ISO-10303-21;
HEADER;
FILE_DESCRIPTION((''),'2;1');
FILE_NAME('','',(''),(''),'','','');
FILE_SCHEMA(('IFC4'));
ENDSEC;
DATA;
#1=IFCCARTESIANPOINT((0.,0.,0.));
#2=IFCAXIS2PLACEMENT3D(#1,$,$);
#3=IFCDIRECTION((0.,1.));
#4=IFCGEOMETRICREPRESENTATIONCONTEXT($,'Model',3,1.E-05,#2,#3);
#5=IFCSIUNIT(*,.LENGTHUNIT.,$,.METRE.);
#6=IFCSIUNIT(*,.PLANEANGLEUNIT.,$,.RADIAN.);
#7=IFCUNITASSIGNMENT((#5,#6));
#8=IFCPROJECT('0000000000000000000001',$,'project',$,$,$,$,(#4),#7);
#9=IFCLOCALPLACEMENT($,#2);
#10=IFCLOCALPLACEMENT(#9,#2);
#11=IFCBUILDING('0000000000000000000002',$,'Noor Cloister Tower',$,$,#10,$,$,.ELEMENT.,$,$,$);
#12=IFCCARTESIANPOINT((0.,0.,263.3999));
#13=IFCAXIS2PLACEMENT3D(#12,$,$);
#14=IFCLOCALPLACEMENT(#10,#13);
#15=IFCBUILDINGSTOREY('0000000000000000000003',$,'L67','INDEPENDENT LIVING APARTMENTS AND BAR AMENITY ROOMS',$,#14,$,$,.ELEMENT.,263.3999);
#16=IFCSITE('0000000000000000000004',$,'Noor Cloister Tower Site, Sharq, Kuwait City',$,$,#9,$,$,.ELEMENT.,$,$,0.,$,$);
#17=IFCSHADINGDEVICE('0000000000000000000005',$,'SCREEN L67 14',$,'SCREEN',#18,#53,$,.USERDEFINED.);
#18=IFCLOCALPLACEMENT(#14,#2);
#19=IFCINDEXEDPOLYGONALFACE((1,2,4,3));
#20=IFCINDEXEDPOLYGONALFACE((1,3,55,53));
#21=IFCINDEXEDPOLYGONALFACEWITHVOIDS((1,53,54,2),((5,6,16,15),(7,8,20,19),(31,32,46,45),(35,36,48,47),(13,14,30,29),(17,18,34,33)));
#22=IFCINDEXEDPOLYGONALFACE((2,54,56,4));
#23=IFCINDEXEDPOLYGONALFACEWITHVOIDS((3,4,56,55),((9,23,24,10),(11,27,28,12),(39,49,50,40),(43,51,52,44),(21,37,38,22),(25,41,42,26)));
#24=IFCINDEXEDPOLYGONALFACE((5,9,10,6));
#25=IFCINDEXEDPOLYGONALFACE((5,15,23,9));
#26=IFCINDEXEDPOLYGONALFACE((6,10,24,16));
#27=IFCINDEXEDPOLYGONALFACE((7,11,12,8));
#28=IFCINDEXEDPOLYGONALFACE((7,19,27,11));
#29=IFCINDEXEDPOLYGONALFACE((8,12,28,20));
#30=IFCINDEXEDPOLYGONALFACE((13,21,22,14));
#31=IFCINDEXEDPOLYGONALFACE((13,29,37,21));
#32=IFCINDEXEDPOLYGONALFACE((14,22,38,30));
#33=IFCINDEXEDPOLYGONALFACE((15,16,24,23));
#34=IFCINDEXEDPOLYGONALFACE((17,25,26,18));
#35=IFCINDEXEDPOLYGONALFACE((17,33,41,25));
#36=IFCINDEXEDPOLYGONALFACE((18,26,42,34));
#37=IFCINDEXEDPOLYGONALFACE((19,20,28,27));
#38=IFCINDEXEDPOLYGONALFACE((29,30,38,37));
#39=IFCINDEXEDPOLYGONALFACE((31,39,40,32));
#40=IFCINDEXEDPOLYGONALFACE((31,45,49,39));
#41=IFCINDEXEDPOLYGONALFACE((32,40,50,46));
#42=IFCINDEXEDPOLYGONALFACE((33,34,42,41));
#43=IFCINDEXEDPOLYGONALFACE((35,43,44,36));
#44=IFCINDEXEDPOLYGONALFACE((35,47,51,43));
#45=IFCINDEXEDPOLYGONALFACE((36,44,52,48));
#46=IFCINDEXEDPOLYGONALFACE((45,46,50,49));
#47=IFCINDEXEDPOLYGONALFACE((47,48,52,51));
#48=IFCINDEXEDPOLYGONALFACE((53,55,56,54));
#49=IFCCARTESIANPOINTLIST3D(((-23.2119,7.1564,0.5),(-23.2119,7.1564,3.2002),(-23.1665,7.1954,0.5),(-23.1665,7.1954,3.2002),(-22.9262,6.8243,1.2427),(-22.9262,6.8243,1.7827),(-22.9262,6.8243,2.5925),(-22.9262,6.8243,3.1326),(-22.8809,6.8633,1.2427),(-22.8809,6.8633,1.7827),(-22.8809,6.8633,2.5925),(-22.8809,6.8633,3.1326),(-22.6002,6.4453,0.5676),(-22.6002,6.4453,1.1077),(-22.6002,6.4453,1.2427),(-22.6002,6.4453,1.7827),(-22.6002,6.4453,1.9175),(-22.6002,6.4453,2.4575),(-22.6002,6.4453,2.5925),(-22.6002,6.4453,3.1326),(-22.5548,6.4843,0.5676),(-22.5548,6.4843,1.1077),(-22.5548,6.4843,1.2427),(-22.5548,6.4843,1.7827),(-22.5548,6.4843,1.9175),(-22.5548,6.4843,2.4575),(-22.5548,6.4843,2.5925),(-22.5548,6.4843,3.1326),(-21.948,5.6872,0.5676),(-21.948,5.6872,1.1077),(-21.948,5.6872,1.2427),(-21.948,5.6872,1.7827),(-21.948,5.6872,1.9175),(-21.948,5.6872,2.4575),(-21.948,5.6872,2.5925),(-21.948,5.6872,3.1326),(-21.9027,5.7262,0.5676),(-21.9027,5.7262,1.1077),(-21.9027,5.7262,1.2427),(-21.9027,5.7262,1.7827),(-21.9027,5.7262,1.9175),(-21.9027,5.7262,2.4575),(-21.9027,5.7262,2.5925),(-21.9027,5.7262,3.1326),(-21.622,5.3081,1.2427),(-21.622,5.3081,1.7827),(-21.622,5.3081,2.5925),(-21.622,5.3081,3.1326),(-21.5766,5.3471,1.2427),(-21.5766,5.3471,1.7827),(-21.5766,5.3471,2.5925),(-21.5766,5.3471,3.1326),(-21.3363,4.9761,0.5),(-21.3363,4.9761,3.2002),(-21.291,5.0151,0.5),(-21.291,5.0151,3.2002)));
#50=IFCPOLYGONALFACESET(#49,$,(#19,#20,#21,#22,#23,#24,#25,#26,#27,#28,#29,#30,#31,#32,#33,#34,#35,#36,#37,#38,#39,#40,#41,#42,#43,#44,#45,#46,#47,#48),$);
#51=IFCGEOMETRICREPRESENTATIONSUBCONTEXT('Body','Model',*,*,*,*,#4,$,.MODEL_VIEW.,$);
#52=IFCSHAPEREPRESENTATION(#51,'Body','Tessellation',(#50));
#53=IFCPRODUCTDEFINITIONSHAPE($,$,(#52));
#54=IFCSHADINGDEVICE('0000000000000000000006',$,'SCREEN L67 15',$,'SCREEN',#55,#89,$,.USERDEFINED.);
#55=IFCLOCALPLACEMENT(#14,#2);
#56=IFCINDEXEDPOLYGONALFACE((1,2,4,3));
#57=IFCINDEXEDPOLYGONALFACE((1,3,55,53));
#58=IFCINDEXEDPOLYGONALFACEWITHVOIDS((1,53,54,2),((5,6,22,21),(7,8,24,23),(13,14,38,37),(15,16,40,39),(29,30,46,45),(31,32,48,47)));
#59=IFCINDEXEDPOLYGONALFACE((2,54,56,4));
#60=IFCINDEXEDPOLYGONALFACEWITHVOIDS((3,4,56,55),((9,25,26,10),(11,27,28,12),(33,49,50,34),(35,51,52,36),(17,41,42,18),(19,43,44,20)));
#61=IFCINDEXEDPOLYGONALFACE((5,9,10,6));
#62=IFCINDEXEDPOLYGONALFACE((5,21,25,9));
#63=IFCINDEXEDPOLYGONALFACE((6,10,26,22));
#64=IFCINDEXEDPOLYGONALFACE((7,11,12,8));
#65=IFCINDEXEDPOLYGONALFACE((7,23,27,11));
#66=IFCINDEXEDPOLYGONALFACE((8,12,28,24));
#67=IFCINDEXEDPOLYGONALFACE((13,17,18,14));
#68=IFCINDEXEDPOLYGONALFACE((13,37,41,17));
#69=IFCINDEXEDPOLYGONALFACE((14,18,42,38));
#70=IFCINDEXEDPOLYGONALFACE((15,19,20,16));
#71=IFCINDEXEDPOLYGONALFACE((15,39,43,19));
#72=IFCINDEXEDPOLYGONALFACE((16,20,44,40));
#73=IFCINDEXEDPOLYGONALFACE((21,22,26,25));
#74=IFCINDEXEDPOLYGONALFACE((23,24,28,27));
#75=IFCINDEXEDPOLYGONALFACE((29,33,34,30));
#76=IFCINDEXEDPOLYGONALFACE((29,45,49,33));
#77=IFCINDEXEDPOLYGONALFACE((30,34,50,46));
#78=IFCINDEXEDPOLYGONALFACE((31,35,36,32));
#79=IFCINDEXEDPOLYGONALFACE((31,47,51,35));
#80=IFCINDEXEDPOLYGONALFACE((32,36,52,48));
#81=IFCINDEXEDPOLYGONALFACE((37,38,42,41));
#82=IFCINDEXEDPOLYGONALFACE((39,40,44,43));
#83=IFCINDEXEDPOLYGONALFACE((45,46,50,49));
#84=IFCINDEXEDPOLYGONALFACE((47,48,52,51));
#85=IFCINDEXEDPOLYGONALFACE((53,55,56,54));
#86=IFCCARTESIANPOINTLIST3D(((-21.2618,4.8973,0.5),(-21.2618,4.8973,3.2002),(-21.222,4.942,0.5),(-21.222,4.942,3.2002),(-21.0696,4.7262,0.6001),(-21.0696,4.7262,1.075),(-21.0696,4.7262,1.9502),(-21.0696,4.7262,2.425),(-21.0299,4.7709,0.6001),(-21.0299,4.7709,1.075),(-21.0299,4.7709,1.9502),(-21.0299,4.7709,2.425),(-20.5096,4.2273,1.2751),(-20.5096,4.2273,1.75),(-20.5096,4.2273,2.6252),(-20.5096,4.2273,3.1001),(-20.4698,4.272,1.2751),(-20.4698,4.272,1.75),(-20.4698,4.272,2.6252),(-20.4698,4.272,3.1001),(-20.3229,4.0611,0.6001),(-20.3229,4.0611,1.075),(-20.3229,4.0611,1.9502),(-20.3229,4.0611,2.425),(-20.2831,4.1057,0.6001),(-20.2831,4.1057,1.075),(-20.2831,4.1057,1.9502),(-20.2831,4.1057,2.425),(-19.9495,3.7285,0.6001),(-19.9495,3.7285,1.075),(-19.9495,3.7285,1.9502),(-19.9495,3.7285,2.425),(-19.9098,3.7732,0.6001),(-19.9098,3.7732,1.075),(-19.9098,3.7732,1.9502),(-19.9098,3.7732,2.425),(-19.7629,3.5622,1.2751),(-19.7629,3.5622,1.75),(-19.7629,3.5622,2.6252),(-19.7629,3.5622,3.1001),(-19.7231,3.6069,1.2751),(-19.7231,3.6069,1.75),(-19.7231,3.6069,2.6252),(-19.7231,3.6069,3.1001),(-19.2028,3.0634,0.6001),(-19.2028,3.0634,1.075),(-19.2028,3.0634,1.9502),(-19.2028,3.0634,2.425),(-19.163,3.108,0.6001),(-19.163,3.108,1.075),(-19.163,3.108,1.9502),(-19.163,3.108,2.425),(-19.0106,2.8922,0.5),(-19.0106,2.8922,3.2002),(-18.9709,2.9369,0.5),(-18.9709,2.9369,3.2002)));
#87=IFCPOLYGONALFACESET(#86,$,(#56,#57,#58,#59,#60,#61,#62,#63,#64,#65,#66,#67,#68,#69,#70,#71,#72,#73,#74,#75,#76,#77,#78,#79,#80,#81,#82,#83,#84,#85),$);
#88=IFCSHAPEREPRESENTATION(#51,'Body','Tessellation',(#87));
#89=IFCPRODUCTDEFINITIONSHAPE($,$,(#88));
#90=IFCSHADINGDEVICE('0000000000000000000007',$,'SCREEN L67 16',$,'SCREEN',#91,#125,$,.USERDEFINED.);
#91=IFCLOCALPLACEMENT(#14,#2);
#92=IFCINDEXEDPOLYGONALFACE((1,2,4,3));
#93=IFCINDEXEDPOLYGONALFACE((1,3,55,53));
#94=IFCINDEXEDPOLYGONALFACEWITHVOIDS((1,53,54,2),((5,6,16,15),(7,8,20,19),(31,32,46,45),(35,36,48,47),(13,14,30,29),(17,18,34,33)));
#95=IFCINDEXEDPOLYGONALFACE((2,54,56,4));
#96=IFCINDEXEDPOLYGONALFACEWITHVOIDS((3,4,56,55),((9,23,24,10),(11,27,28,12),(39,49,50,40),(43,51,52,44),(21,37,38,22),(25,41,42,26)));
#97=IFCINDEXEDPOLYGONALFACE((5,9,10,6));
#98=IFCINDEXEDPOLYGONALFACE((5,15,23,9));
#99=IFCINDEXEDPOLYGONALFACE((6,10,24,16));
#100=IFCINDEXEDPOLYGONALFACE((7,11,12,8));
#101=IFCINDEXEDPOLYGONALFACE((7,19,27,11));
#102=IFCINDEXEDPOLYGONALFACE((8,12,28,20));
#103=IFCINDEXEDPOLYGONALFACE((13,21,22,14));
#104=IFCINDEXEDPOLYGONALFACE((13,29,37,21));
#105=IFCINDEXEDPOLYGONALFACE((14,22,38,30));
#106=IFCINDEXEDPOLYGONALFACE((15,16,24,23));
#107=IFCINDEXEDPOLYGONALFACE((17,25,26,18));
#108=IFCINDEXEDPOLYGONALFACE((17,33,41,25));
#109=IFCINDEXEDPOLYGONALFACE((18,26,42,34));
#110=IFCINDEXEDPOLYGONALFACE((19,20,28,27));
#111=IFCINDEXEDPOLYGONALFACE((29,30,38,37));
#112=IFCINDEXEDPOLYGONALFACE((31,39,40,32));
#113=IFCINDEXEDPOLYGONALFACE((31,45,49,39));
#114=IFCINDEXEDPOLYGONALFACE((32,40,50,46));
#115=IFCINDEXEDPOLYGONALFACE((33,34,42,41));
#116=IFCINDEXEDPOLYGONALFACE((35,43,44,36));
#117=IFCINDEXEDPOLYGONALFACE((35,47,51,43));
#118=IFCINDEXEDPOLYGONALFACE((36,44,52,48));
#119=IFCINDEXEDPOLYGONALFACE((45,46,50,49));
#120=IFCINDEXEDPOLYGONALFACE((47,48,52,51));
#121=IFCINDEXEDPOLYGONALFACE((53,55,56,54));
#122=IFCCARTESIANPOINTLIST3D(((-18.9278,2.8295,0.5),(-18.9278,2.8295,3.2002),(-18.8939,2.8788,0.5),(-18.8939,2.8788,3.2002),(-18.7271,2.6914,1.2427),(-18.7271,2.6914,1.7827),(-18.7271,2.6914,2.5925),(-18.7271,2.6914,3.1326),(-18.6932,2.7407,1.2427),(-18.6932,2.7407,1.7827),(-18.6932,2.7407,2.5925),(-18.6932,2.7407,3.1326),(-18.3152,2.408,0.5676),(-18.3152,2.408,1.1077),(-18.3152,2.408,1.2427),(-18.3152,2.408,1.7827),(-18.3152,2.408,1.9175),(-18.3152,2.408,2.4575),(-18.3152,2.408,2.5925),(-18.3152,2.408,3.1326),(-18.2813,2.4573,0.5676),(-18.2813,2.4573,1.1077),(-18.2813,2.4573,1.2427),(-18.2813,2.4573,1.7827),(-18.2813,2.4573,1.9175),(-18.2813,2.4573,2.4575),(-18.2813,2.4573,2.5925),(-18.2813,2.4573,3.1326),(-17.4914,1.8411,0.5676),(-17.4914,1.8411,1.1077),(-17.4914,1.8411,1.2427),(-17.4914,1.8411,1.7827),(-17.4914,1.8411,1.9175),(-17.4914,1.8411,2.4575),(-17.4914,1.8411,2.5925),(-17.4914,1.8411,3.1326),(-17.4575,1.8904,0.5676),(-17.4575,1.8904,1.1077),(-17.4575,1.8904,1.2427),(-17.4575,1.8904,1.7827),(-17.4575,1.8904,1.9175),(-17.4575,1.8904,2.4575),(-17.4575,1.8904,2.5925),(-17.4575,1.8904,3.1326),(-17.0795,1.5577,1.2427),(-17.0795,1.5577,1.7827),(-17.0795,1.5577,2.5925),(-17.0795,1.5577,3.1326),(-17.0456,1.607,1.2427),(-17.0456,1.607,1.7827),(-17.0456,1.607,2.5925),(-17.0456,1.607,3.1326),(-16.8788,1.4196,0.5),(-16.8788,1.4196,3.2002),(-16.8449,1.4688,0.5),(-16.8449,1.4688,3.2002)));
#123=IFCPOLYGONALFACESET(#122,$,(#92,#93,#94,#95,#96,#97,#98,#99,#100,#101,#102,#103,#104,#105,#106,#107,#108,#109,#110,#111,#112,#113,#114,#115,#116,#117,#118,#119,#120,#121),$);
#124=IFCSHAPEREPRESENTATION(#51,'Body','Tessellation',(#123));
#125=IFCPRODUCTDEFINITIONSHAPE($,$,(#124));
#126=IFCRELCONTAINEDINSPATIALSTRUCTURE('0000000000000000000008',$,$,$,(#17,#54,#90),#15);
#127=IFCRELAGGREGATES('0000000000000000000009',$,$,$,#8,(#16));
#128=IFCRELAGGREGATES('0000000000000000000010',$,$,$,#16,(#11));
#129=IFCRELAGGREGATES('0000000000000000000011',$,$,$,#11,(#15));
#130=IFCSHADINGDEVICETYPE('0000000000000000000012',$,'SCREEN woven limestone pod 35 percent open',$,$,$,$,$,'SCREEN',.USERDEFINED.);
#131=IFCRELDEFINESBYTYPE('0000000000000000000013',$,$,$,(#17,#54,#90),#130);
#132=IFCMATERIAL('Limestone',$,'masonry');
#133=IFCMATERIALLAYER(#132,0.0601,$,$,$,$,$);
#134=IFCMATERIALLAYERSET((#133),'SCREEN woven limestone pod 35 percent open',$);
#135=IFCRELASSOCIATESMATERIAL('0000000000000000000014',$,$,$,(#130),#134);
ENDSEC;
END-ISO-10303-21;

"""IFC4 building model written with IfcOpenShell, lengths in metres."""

from ifc_helpers import new_model, si_unit, direction, frame, origin, place, context, subcontext, project, spatial, polyline, outline, extrude, material, layer, layer_set, type_object, element, save


model = new_model("IFC4")

# Units and contexts
model_context = context("Model", 3, precision=1e-05, world=origin(), true_north=direction((0.0, 1.0)))
body_context = subcontext(model_context, "Body", "Model", "MODEL_VIEW")
ifc_project = project(units=[si_unit("LENGTHUNIT", "METRE"), si_unit("PLANEANGLEUNIT", "RADIAN")], contexts=[model_context])

# Site, building, storey
site_placement = place(None, origin())
site = spatial("IfcSite", under=ifc_project, at=site_placement, Name="Noor Cloister Tower Site, Sharq, Kuwait City", CompositionType="ELEMENT", RefElevation=0.0)
building_placement = place(site_placement, origin())
building = spatial("IfcBuilding", under=site, at=building_placement, Name="Noor Cloister Tower", CompositionType="ELEMENT")
storey_placement = place(building_placement, frame((0.0, 0.0, 263.3999)))
storey = spatial("IfcBuildingStorey", under=building, at=storey_placement, Name="L67", Description="INDEPENDENT LIVING APARTMENTS AND BAR AMENITY ROOMS", CompositionType="ELEMENT", Elevation=263.3999)

# Shading devices
ifc_material_1 = material(Name="Limestone", Category="masonry")
ifc_layer_1 = layer(ifc_material_1, 0.0601)
ifc_layer_set_1 = layer_set([ifc_layer_1], Name="SCREEN woven limestone pod 35 percent open")
shading_device_type_1 = type_object("IfcShadingDeviceType", Name="SCREEN woven limestone pod 35 percent open", ElementType="SCREEN", PredefinedType="USERDEFINED", material=ifc_layer_set_1)
shading_device_1_placement = place(storey_placement, frame((-22.2288, 6.1052, 1.8501), z_axis=(-0.758105, -0.652133, 0.0), x_axis=(0.652133, -0.758105, 0.0)))
element("IfcShadingDevice", 1, at=shading_device_1_placement, inside=storey, type_object=shading_device_type_1, Name="SCREEN L67 14", ObjectType="SCREEN", PredefinedType="USERDEFINED", context=body_context, shape_type="SweptSolid", body=[
    extrude(outline(polyline([(-1.438, -1.3501), (1.438, -1.3501), (1.438, 1.3501), (-1.438, 1.3501), (-1.438, -1.3501)]), holes=[polyline([(-0.5, -1.2825), (0.5, -1.2825), (0.5, -0.7424), (-0.5, -0.7424), (-0.5, -1.2825)]), polyline([(-1.0, -0.6074), (-0.5, -0.6074), (-0.5, -0.0674), (-1.0, -0.0674), (-1.0, -0.6074)]), polyline([(0.5, -0.6074), (1.0, -0.6074), (1.0, -0.0674), (0.5, -0.0674), (0.5, -0.6074)]), polyline([(-0.5, 0.0674), (0.5, 0.0674), (0.5, 0.6074), (-0.5, 0.6074), (-0.5, 0.0674)]), polyline([(-1.0, 0.7424), (-0.5, 0.7424), (-0.5, 1.2825), (-1.0, 1.2825), (-1.0, 0.7424)]), polyline([(0.5, 0.7424), (1.0, 0.7424), (1.0, 1.2825), (0.5, 1.2825), (0.5, 0.7424)])]), origin(), (0.0, 0.0, 1.0), 0.0598),
])
shading_device_2_placement = place(storey_placement, frame((-20.0964, 3.9395, 1.8501), z_axis=(-0.665123, -0.746734, 0.0), x_axis=(0.746734, -0.665123, 0.0)))
element("IfcShadingDevice", 2, at=shading_device_2_placement, inside=storey, type_object=shading_device_type_1, Name="SCREEN L67 15", ObjectType="SCREEN", PredefinedType="USERDEFINED", context=body_context, shape_type="SweptSolid", body=[
    extrude(outline(polyline([(-1.5073, -1.3501), (1.5073, -1.3501), (1.5073, 1.3501), (-1.5073, 1.3501), (-1.5073, -1.3501)]), holes=[polyline([(-1.25, -1.25), (-0.25, -1.25), (-0.25, -0.7751), (-1.25, -0.7751), (-1.25, -1.25)]), polyline([(0.25, -1.25), (1.25, -1.25), (1.25, -0.7751), (0.25, -0.7751), (0.25, -1.25)]), polyline([(-0.5, -0.575), (0.5, -0.575), (0.5, -0.1001), (-0.5, -0.1001), (-0.5, -0.575)]), polyline([(-1.25, 0.1001), (-0.25, 0.1001), (-0.25, 0.575), (-1.25, 0.575), (-1.25, 0.1001)]), polyline([(0.25, 0.1001), (1.25, 0.1001), (1.25, 0.575), (0.25, 0.575), (0.25, 0.1001)]), polyline([(-0.5, 0.7751), (0.5, 0.7751), (0.5, 1.25), (-0.5, 1.25), (-0.5, 0.7751)])]), origin(), (0.0, 0.0, 1.0), 0.0598),
])
shading_device_3_placement = place(storey_placement, frame((-17.8694, 2.1738, 1.8501), z_axis=(-0.566875, -0.823804, 0.0), x_axis=(0.823804, -0.566875, 0.0)))
element("IfcShadingDevice", 3, at=shading_device_3_placement, inside=storey, type_object=shading_device_type_1, Name="SCREEN L67 16", ObjectType="SCREEN", PredefinedType="USERDEFINED", context=body_context, shape_type="SweptSolid", body=[
    extrude(outline(polyline([(-1.2437, -1.3501), (1.2437, -1.3501), (1.2437, 1.3501), (-1.2437, 1.3501), (-1.2437, -1.3501)]), holes=[polyline([(-0.5, -1.2825), (0.5, -1.2825), (0.5, -0.7424), (-0.5, -0.7424), (-0.5, -1.2825)]), polyline([(-1.0, -0.6074), (-0.5, -0.6074), (-0.5, -0.0674), (-1.0, -0.0674), (-1.0, -0.6074)]), polyline([(0.5, -0.6074), (1.0, -0.6074), (1.0, -0.0674), (0.5, -0.0674), (0.5, -0.6074)]), polyline([(-0.5, 0.0674), (0.5, 0.0674), (0.5, 0.6074), (-0.5, 0.6074), (-0.5, 0.0674)]), polyline([(-1.0, 0.7424), (-0.5, 0.7424), (-0.5, 1.2825), (-1.0, 1.2825), (-1.0, 0.7424)]), polyline([(0.5, 0.7424), (1.0, 0.7424), (1.0, 1.2825), (0.5, 1.2825), (0.5, 0.7424)])]), origin(), (0.0, 0.0, 1.0), 0.0598),
])

save(model, "model.ifc")
